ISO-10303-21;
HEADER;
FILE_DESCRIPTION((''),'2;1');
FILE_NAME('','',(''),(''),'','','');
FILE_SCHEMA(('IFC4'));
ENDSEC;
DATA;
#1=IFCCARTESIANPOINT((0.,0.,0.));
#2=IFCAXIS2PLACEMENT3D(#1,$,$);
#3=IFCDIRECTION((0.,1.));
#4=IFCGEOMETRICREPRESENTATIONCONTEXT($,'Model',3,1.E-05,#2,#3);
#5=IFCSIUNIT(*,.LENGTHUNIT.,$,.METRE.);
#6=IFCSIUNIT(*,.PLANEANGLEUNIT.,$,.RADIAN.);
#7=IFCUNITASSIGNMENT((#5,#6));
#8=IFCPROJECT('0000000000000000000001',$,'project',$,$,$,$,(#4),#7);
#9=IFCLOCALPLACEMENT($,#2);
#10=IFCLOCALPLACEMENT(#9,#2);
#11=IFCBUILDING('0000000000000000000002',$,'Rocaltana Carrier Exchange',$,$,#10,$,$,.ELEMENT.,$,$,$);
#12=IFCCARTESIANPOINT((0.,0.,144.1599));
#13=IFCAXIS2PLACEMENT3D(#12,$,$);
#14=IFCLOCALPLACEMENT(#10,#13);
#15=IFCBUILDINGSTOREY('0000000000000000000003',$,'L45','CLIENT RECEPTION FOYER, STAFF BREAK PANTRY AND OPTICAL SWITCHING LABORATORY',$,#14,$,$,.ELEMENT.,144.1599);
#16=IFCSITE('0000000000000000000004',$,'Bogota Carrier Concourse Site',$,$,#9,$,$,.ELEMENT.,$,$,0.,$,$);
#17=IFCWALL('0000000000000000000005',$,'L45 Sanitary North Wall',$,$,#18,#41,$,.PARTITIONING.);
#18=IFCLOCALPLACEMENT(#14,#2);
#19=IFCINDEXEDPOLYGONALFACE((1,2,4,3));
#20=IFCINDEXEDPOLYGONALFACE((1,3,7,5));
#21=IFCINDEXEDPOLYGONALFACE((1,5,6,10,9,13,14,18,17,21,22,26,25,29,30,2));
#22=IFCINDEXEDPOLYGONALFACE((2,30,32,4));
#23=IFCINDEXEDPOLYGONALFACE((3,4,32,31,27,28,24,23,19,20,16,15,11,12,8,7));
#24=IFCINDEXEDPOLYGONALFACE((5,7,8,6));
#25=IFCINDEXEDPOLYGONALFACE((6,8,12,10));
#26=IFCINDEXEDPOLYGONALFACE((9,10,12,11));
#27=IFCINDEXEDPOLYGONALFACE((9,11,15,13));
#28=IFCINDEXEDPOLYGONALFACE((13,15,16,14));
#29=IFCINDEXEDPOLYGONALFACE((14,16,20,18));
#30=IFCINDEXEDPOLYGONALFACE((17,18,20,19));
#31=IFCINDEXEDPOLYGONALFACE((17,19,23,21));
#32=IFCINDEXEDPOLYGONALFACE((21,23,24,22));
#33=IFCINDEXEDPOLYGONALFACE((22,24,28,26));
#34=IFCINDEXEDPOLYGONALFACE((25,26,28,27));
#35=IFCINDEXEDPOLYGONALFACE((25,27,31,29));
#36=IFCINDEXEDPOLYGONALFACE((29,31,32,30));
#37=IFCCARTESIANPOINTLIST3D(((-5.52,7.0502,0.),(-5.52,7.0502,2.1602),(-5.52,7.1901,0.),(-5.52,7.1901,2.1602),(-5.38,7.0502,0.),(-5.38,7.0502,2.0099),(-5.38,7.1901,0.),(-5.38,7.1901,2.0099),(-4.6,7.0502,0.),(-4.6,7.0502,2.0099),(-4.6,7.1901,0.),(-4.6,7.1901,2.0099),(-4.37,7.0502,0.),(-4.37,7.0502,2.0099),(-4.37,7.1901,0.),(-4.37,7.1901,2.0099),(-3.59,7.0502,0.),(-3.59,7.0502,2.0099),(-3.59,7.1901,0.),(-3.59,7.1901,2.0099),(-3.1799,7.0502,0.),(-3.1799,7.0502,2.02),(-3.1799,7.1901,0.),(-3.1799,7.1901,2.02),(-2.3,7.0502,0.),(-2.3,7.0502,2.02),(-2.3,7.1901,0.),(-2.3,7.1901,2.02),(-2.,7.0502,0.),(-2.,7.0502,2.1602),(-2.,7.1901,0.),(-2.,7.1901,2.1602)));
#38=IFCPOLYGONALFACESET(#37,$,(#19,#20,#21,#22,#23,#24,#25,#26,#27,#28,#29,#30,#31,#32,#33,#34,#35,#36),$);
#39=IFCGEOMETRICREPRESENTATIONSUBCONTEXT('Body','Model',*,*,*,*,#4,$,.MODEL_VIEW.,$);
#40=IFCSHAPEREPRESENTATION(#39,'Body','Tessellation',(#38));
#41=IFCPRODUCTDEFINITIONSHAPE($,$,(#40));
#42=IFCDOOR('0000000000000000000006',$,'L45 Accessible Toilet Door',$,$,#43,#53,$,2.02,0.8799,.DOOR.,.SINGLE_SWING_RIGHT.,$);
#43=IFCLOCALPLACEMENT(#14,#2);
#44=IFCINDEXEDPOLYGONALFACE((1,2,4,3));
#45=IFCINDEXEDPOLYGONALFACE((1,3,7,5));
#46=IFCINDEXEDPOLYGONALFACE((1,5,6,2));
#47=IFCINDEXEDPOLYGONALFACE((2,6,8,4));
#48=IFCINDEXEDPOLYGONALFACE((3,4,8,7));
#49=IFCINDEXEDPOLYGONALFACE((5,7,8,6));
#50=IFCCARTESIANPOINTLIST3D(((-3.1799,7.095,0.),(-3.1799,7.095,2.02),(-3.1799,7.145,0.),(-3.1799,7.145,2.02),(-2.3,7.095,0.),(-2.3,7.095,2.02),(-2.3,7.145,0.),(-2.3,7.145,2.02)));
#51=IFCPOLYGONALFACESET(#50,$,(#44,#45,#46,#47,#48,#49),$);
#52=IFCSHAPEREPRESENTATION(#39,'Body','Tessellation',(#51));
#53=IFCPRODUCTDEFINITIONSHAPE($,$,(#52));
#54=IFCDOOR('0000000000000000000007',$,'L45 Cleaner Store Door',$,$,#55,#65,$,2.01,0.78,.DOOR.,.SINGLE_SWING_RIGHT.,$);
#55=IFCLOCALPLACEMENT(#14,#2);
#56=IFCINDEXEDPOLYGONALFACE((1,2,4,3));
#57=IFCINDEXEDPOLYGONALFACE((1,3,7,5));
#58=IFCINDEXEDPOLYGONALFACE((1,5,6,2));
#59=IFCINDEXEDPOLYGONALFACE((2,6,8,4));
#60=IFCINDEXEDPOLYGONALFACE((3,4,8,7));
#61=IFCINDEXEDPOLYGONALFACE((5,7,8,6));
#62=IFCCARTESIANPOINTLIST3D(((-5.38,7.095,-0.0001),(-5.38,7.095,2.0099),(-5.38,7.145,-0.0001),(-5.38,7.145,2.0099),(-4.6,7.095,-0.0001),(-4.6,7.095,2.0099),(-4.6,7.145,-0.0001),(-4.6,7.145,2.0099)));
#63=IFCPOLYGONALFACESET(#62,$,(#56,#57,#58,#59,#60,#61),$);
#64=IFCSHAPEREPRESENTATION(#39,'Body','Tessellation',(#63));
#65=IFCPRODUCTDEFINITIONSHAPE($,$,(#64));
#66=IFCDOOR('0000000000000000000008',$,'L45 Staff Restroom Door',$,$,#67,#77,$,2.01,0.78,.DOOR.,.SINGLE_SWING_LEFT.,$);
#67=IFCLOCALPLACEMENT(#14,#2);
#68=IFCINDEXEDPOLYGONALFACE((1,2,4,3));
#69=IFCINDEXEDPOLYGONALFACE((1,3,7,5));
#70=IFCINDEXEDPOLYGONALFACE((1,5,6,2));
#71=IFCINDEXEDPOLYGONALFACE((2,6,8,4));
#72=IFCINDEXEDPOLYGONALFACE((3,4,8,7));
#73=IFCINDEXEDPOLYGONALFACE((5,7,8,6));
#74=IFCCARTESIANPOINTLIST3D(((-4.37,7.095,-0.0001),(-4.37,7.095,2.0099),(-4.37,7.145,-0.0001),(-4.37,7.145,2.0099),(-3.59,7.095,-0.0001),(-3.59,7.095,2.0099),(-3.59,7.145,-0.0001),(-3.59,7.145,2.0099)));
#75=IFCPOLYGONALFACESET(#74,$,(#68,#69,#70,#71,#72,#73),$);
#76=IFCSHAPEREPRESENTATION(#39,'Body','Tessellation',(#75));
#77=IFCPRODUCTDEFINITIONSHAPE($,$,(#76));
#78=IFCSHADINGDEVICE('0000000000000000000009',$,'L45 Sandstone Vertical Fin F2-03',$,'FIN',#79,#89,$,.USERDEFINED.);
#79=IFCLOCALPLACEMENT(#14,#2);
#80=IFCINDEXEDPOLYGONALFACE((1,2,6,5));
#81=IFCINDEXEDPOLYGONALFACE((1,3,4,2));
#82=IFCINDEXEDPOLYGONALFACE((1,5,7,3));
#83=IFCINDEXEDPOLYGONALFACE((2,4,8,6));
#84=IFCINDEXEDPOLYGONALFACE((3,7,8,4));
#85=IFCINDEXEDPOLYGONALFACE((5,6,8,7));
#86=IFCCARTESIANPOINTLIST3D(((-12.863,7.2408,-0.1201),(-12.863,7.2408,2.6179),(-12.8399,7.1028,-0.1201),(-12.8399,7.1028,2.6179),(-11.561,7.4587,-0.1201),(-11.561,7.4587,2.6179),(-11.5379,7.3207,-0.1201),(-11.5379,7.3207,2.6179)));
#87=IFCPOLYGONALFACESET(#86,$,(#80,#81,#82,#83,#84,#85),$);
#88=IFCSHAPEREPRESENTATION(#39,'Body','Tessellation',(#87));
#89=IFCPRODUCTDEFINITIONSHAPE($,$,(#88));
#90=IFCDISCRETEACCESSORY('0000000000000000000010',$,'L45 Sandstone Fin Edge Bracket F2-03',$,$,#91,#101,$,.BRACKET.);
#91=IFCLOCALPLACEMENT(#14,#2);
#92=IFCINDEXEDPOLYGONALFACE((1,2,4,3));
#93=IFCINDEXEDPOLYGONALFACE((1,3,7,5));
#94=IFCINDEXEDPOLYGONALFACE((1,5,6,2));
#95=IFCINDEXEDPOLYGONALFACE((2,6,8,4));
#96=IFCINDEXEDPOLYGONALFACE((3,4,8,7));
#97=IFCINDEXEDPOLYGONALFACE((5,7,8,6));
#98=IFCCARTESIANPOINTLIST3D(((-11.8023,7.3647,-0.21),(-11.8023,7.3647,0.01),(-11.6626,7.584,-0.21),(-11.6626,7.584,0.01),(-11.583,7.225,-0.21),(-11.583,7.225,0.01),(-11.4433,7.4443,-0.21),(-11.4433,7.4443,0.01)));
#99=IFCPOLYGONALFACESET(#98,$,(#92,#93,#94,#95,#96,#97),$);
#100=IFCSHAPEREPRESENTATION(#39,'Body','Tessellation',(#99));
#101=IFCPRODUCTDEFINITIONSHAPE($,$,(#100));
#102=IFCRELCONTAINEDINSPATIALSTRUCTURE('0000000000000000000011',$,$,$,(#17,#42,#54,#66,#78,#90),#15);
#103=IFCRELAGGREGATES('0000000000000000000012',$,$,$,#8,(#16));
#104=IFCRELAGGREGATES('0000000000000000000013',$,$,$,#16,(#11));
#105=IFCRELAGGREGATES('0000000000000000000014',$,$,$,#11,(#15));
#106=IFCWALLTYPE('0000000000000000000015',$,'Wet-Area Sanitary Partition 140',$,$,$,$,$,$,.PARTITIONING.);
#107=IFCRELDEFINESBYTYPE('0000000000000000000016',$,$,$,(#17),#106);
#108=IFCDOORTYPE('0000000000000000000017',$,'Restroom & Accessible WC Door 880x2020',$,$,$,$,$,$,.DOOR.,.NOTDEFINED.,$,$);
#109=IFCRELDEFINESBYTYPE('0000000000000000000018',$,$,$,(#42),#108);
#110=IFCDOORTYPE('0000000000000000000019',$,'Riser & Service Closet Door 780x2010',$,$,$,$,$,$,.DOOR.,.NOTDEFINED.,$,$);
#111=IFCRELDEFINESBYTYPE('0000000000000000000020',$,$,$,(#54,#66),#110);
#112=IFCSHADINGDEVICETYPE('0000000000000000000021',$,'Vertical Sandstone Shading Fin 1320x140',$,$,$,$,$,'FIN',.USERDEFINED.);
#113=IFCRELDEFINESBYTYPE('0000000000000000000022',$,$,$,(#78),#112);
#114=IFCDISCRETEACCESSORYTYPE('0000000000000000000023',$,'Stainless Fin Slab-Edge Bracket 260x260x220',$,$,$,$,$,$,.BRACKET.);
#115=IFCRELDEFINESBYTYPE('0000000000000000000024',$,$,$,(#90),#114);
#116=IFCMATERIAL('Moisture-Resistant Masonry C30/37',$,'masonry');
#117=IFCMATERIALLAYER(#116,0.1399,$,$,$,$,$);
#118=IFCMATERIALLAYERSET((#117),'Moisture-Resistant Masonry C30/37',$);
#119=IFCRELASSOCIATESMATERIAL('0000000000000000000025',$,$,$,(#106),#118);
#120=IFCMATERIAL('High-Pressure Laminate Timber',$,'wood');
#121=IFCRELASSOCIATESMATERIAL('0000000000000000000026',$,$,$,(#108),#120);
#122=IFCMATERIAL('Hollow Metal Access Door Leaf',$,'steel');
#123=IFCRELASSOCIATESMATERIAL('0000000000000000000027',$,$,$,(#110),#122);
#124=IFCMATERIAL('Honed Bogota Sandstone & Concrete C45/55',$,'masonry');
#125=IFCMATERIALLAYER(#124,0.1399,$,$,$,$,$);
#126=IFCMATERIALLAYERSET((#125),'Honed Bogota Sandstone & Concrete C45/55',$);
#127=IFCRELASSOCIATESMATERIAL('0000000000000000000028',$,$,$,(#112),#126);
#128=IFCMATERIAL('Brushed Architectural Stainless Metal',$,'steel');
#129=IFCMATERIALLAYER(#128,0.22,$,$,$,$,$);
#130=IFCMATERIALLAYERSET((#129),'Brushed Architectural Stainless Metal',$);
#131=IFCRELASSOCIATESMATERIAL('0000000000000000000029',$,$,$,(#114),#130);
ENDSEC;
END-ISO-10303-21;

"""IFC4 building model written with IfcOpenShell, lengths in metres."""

from ifc_helpers import new_model, si_unit, direction, frame, frame_2d, origin, origin_2d, place, context, subcontext, project, spatial, rectangle, extrude, material, layer, layer_set, type_object, element, fill, save


model = new_model("IFC4")

# Units and contexts
model_context = context("Model", 3, precision=1e-05, world=origin(), true_north=direction((0.0, 1.0)))
body_context = subcontext(model_context, "Body", "Model", "MODEL_VIEW")
ifc_project = project(units=[si_unit("LENGTHUNIT", "METRE"), si_unit("PLANEANGLEUNIT", "RADIAN")], contexts=[model_context])

# Site, building, storey
site_placement = place(None, origin())
site = spatial("IfcSite", under=ifc_project, at=site_placement, Name="Bogota Carrier Concourse Site", CompositionType="ELEMENT", RefElevation=0.0)
building_placement = place(site_placement, origin())
building = spatial("IfcBuilding", under=site, at=building_placement, Name="Rocaltana Carrier Exchange", CompositionType="ELEMENT")
storey_placement = place(building_placement, frame((0.0, 0.0, 144.1599)))
storey = spatial("IfcBuildingStorey", under=building, at=storey_placement, Name="L45", Description="CLIENT RECEPTION FOYER, STAFF BREAK PANTRY AND OPTICAL SWITCHING LABORATORY", CompositionType="ELEMENT", Elevation=144.1599)

# Shared definitions
ifc_material_1 = material(Name="Moisture-Resistant Masonry C30/37", Category="masonry")
ifc_layer_1 = layer(ifc_material_1, 0.1399)
ifc_layer_set_1 = layer_set([ifc_layer_1], Name="Moisture-Resistant Masonry C30/37")
wall_type_1 = type_object("IfcWallType", Name="Wet-Area Sanitary Partition 140", PredefinedType="PARTITIONING", material=ifc_layer_set_1)

# Wall, openings, doors
wall_1_placement = place(storey_placement, frame((-5.52, 7.1201, 0.0), z_axis=(0.0, 0.0, 1.0), x_axis=(1.0, 0.0, 0.0)))
wall_1 = element("IfcWall", 1, at=wall_1_placement, inside=storey, type_object=wall_type_1, Name="L45 Sanitary North Wall", PredefinedType="PARTITIONING", context=body_context, shape_type="SweptSolid", body=[
    extrude(rectangle(XDim=3.52, YDim=0.1399, at=frame_2d((1.76, 0.0))), origin(), (0.0, 0.0, 1.0), 2.1602),
])
opening_1_placement = place(wall_1_placement, frame((0.1399, 0.0, 0.0)))
opening_1 = element("IfcOpeningElement", 2, at=opening_1_placement, cuts=wall_1, PredefinedType="OPENING", context=body_context, shape_type="SweptSolid", body=[
    extrude(rectangle(XDim=0.78, YDim=2.01, at=frame_2d((0.3901, 1.0049))), frame((0.0, 0.0798, 0.0), z_axis=(0.0, -1.0, 0.0), x_axis=(1.0, 0.0, 0.0)), (0.0, 0.0, 1.0), 0.1599),
])
opening_2_placement = place(wall_1_placement, frame((1.1499, 0.0, 0.0)))
opening_2 = element("IfcOpeningElement", 3, at=opening_2_placement, cuts=wall_1, PredefinedType="OPENING", context=body_context, shape_type="SweptSolid", body=[
    extrude(rectangle(XDim=0.78, YDim=2.01, at=frame_2d((0.3901, 1.0049))), frame((0.0, 0.0798, 0.0), z_axis=(0.0, -1.0, 0.0), x_axis=(1.0, 0.0, 0.0)), (0.0, 0.0, 1.0), 0.1599),
])
opening_3_placement = place(wall_1_placement, frame((2.3401, 0.0, 0.0)))
opening_3 = element("IfcOpeningElement", 4, at=opening_3_placement, cuts=wall_1, PredefinedType="OPENING", context=body_context, shape_type="SweptSolid", body=[
    extrude(rectangle(XDim=0.8799, YDim=2.02, at=frame_2d((0.4399, 1.01))), frame((0.0, 0.0798, 0.0), z_axis=(0.0, -1.0, 0.0), x_axis=(1.0, 0.0, 0.0)), (0.0, 0.0, 1.0), 0.1599),
])
ifc_material_2 = material(Name="High-Pressure Laminate Timber", Category="wood")
door_type_1 = type_object("IfcDoorType", Name="Restroom & Accessible WC Door 880x2020", OperationType="NOTDEFINED", PredefinedType="DOOR", material=ifc_material_2)
door_1_placement = place(opening_3_placement, origin())
door_1 = element("IfcDoor", 5, at=door_1_placement, inside=storey, type_object=door_type_1, Name="L45 Accessible Toilet Door", OperationType="SINGLE_SWING_RIGHT", OverallHeight=2.02, OverallWidth=0.8799, PredefinedType="DOOR", context=body_context, shape_type="SweptSolid", body=[
    extrude(rectangle(XDim=0.8799, YDim=2.02, at=frame_2d((0.4399, 1.01))), frame((0.0, 0.0249, 0.0), z_axis=(0.0, -1.0, 0.0), x_axis=(1.0, 0.0, 0.0)), (0.0, 0.0, 1.0), 0.05),
])
fill(opening_3, door_1)
ifc_material_3 = material(Name="Hollow Metal Access Door Leaf", Category="steel")
door_type_2 = type_object("IfcDoorType", Name="Riser & Service Closet Door 780x2010", OperationType="NOTDEFINED", PredefinedType="DOOR", material=ifc_material_3)
door_2_placement = place(opening_1_placement, origin())
door_2 = element("IfcDoor", 6, at=door_2_placement, inside=storey, type_object=door_type_2, Name="L45 Cleaner Store Door", OperationType="SINGLE_SWING_RIGHT", OverallHeight=2.01, OverallWidth=0.78, PredefinedType="DOOR", context=body_context, shape_type="SweptSolid", body=[
    extrude(rectangle(XDim=0.78, YDim=2.01, at=frame_2d((0.3901, 1.0049))), frame((0.0, 0.0249, 0.0), z_axis=(0.0, -1.0, 0.0), x_axis=(1.0, 0.0, 0.0)), (0.0, 0.0, 1.0), 0.05),
])
fill(opening_1, door_2)
door_3_placement = place(opening_2_placement, origin())
door_3 = element("IfcDoor", 7, at=door_3_placement, inside=storey, type_object=door_type_2, Name="L45 Staff Restroom Door", OperationType="SINGLE_SWING_LEFT", OverallHeight=2.01, OverallWidth=0.78, PredefinedType="DOOR", context=body_context, shape_type="SweptSolid", body=[
    extrude(rectangle(XDim=0.78, YDim=2.01, at=frame_2d((0.3901, 1.0049))), frame((0.0, 0.0249, 0.0), z_axis=(0.0, -1.0, 0.0), x_axis=(1.0, 0.0, 0.0)), (0.0, 0.0, 1.0), 0.05),
])
fill(opening_2, door_3)

# Shading device
ifc_material_4 = material(Name="Honed Bogota Sandstone & Concrete C45/55", Category="masonry")
ifc_layer_2 = layer(ifc_material_4, 0.1399)
ifc_layer_set_2 = layer_set([ifc_layer_2], Name="Honed Bogota Sandstone & Concrete C45/55")
shading_device_type = type_object("IfcShadingDeviceType", Name="Vertical Sandstone Shading Fin 1320x140", ElementType="FIN", PredefinedType="USERDEFINED", material=ifc_layer_set_2)
shading_device_placement = place(storey_placement, frame((-12.2004, 7.2808, -0.1201), z_axis=(0.0, 0.0, 1.0), x_axis=(-0.986286, -0.165048, 0.0)))
element("IfcShadingDevice", 8, at=shading_device_placement, inside=storey, type_object=shading_device_type, Name="L45 Sandstone Vertical Fin F2-03", ObjectType="FIN", PredefinedType="USERDEFINED", context=body_context, shape_type="SweptSolid", body=[
    extrude(rectangle(XDim=1.3201, YDim=0.1399, at=origin_2d()), origin(), (0.0, 0.0, 1.0), 2.738),
])

# Discrete accessory
ifc_material_5 = material(Name="Brushed Architectural Stainless Metal", Category="steel")
ifc_layer_3 = layer(ifc_material_5, 0.22)
ifc_layer_set_3 = layer_set([ifc_layer_3], Name="Brushed Architectural Stainless Metal")
discrete_accessory_type = type_object("IfcDiscreteAccessoryType", Name="Stainless Fin Slab-Edge Bracket 260x260x220", PredefinedType="BRACKET", material=ifc_layer_set_3)
discrete_accessory_placement = place(storey_placement, frame((-11.6228, 7.4045, -0.21), z_axis=(0.0, 0.0, 1.0), x_axis=(-0.5373, -0.843391, 0.0)))
element("IfcDiscreteAccessory", 9, at=discrete_accessory_placement, inside=storey, type_object=discrete_accessory_type, Name="L45 Sandstone Fin Edge Bracket F2-03", PredefinedType="BRACKET", context=body_context, shape_type="SweptSolid", body=[
    extrude(rectangle(XDim=0.26, YDim=0.26, at=origin_2d()), origin(), (0.0, 0.0, 1.0), 0.22),
])

save(model, "model.ifc")
